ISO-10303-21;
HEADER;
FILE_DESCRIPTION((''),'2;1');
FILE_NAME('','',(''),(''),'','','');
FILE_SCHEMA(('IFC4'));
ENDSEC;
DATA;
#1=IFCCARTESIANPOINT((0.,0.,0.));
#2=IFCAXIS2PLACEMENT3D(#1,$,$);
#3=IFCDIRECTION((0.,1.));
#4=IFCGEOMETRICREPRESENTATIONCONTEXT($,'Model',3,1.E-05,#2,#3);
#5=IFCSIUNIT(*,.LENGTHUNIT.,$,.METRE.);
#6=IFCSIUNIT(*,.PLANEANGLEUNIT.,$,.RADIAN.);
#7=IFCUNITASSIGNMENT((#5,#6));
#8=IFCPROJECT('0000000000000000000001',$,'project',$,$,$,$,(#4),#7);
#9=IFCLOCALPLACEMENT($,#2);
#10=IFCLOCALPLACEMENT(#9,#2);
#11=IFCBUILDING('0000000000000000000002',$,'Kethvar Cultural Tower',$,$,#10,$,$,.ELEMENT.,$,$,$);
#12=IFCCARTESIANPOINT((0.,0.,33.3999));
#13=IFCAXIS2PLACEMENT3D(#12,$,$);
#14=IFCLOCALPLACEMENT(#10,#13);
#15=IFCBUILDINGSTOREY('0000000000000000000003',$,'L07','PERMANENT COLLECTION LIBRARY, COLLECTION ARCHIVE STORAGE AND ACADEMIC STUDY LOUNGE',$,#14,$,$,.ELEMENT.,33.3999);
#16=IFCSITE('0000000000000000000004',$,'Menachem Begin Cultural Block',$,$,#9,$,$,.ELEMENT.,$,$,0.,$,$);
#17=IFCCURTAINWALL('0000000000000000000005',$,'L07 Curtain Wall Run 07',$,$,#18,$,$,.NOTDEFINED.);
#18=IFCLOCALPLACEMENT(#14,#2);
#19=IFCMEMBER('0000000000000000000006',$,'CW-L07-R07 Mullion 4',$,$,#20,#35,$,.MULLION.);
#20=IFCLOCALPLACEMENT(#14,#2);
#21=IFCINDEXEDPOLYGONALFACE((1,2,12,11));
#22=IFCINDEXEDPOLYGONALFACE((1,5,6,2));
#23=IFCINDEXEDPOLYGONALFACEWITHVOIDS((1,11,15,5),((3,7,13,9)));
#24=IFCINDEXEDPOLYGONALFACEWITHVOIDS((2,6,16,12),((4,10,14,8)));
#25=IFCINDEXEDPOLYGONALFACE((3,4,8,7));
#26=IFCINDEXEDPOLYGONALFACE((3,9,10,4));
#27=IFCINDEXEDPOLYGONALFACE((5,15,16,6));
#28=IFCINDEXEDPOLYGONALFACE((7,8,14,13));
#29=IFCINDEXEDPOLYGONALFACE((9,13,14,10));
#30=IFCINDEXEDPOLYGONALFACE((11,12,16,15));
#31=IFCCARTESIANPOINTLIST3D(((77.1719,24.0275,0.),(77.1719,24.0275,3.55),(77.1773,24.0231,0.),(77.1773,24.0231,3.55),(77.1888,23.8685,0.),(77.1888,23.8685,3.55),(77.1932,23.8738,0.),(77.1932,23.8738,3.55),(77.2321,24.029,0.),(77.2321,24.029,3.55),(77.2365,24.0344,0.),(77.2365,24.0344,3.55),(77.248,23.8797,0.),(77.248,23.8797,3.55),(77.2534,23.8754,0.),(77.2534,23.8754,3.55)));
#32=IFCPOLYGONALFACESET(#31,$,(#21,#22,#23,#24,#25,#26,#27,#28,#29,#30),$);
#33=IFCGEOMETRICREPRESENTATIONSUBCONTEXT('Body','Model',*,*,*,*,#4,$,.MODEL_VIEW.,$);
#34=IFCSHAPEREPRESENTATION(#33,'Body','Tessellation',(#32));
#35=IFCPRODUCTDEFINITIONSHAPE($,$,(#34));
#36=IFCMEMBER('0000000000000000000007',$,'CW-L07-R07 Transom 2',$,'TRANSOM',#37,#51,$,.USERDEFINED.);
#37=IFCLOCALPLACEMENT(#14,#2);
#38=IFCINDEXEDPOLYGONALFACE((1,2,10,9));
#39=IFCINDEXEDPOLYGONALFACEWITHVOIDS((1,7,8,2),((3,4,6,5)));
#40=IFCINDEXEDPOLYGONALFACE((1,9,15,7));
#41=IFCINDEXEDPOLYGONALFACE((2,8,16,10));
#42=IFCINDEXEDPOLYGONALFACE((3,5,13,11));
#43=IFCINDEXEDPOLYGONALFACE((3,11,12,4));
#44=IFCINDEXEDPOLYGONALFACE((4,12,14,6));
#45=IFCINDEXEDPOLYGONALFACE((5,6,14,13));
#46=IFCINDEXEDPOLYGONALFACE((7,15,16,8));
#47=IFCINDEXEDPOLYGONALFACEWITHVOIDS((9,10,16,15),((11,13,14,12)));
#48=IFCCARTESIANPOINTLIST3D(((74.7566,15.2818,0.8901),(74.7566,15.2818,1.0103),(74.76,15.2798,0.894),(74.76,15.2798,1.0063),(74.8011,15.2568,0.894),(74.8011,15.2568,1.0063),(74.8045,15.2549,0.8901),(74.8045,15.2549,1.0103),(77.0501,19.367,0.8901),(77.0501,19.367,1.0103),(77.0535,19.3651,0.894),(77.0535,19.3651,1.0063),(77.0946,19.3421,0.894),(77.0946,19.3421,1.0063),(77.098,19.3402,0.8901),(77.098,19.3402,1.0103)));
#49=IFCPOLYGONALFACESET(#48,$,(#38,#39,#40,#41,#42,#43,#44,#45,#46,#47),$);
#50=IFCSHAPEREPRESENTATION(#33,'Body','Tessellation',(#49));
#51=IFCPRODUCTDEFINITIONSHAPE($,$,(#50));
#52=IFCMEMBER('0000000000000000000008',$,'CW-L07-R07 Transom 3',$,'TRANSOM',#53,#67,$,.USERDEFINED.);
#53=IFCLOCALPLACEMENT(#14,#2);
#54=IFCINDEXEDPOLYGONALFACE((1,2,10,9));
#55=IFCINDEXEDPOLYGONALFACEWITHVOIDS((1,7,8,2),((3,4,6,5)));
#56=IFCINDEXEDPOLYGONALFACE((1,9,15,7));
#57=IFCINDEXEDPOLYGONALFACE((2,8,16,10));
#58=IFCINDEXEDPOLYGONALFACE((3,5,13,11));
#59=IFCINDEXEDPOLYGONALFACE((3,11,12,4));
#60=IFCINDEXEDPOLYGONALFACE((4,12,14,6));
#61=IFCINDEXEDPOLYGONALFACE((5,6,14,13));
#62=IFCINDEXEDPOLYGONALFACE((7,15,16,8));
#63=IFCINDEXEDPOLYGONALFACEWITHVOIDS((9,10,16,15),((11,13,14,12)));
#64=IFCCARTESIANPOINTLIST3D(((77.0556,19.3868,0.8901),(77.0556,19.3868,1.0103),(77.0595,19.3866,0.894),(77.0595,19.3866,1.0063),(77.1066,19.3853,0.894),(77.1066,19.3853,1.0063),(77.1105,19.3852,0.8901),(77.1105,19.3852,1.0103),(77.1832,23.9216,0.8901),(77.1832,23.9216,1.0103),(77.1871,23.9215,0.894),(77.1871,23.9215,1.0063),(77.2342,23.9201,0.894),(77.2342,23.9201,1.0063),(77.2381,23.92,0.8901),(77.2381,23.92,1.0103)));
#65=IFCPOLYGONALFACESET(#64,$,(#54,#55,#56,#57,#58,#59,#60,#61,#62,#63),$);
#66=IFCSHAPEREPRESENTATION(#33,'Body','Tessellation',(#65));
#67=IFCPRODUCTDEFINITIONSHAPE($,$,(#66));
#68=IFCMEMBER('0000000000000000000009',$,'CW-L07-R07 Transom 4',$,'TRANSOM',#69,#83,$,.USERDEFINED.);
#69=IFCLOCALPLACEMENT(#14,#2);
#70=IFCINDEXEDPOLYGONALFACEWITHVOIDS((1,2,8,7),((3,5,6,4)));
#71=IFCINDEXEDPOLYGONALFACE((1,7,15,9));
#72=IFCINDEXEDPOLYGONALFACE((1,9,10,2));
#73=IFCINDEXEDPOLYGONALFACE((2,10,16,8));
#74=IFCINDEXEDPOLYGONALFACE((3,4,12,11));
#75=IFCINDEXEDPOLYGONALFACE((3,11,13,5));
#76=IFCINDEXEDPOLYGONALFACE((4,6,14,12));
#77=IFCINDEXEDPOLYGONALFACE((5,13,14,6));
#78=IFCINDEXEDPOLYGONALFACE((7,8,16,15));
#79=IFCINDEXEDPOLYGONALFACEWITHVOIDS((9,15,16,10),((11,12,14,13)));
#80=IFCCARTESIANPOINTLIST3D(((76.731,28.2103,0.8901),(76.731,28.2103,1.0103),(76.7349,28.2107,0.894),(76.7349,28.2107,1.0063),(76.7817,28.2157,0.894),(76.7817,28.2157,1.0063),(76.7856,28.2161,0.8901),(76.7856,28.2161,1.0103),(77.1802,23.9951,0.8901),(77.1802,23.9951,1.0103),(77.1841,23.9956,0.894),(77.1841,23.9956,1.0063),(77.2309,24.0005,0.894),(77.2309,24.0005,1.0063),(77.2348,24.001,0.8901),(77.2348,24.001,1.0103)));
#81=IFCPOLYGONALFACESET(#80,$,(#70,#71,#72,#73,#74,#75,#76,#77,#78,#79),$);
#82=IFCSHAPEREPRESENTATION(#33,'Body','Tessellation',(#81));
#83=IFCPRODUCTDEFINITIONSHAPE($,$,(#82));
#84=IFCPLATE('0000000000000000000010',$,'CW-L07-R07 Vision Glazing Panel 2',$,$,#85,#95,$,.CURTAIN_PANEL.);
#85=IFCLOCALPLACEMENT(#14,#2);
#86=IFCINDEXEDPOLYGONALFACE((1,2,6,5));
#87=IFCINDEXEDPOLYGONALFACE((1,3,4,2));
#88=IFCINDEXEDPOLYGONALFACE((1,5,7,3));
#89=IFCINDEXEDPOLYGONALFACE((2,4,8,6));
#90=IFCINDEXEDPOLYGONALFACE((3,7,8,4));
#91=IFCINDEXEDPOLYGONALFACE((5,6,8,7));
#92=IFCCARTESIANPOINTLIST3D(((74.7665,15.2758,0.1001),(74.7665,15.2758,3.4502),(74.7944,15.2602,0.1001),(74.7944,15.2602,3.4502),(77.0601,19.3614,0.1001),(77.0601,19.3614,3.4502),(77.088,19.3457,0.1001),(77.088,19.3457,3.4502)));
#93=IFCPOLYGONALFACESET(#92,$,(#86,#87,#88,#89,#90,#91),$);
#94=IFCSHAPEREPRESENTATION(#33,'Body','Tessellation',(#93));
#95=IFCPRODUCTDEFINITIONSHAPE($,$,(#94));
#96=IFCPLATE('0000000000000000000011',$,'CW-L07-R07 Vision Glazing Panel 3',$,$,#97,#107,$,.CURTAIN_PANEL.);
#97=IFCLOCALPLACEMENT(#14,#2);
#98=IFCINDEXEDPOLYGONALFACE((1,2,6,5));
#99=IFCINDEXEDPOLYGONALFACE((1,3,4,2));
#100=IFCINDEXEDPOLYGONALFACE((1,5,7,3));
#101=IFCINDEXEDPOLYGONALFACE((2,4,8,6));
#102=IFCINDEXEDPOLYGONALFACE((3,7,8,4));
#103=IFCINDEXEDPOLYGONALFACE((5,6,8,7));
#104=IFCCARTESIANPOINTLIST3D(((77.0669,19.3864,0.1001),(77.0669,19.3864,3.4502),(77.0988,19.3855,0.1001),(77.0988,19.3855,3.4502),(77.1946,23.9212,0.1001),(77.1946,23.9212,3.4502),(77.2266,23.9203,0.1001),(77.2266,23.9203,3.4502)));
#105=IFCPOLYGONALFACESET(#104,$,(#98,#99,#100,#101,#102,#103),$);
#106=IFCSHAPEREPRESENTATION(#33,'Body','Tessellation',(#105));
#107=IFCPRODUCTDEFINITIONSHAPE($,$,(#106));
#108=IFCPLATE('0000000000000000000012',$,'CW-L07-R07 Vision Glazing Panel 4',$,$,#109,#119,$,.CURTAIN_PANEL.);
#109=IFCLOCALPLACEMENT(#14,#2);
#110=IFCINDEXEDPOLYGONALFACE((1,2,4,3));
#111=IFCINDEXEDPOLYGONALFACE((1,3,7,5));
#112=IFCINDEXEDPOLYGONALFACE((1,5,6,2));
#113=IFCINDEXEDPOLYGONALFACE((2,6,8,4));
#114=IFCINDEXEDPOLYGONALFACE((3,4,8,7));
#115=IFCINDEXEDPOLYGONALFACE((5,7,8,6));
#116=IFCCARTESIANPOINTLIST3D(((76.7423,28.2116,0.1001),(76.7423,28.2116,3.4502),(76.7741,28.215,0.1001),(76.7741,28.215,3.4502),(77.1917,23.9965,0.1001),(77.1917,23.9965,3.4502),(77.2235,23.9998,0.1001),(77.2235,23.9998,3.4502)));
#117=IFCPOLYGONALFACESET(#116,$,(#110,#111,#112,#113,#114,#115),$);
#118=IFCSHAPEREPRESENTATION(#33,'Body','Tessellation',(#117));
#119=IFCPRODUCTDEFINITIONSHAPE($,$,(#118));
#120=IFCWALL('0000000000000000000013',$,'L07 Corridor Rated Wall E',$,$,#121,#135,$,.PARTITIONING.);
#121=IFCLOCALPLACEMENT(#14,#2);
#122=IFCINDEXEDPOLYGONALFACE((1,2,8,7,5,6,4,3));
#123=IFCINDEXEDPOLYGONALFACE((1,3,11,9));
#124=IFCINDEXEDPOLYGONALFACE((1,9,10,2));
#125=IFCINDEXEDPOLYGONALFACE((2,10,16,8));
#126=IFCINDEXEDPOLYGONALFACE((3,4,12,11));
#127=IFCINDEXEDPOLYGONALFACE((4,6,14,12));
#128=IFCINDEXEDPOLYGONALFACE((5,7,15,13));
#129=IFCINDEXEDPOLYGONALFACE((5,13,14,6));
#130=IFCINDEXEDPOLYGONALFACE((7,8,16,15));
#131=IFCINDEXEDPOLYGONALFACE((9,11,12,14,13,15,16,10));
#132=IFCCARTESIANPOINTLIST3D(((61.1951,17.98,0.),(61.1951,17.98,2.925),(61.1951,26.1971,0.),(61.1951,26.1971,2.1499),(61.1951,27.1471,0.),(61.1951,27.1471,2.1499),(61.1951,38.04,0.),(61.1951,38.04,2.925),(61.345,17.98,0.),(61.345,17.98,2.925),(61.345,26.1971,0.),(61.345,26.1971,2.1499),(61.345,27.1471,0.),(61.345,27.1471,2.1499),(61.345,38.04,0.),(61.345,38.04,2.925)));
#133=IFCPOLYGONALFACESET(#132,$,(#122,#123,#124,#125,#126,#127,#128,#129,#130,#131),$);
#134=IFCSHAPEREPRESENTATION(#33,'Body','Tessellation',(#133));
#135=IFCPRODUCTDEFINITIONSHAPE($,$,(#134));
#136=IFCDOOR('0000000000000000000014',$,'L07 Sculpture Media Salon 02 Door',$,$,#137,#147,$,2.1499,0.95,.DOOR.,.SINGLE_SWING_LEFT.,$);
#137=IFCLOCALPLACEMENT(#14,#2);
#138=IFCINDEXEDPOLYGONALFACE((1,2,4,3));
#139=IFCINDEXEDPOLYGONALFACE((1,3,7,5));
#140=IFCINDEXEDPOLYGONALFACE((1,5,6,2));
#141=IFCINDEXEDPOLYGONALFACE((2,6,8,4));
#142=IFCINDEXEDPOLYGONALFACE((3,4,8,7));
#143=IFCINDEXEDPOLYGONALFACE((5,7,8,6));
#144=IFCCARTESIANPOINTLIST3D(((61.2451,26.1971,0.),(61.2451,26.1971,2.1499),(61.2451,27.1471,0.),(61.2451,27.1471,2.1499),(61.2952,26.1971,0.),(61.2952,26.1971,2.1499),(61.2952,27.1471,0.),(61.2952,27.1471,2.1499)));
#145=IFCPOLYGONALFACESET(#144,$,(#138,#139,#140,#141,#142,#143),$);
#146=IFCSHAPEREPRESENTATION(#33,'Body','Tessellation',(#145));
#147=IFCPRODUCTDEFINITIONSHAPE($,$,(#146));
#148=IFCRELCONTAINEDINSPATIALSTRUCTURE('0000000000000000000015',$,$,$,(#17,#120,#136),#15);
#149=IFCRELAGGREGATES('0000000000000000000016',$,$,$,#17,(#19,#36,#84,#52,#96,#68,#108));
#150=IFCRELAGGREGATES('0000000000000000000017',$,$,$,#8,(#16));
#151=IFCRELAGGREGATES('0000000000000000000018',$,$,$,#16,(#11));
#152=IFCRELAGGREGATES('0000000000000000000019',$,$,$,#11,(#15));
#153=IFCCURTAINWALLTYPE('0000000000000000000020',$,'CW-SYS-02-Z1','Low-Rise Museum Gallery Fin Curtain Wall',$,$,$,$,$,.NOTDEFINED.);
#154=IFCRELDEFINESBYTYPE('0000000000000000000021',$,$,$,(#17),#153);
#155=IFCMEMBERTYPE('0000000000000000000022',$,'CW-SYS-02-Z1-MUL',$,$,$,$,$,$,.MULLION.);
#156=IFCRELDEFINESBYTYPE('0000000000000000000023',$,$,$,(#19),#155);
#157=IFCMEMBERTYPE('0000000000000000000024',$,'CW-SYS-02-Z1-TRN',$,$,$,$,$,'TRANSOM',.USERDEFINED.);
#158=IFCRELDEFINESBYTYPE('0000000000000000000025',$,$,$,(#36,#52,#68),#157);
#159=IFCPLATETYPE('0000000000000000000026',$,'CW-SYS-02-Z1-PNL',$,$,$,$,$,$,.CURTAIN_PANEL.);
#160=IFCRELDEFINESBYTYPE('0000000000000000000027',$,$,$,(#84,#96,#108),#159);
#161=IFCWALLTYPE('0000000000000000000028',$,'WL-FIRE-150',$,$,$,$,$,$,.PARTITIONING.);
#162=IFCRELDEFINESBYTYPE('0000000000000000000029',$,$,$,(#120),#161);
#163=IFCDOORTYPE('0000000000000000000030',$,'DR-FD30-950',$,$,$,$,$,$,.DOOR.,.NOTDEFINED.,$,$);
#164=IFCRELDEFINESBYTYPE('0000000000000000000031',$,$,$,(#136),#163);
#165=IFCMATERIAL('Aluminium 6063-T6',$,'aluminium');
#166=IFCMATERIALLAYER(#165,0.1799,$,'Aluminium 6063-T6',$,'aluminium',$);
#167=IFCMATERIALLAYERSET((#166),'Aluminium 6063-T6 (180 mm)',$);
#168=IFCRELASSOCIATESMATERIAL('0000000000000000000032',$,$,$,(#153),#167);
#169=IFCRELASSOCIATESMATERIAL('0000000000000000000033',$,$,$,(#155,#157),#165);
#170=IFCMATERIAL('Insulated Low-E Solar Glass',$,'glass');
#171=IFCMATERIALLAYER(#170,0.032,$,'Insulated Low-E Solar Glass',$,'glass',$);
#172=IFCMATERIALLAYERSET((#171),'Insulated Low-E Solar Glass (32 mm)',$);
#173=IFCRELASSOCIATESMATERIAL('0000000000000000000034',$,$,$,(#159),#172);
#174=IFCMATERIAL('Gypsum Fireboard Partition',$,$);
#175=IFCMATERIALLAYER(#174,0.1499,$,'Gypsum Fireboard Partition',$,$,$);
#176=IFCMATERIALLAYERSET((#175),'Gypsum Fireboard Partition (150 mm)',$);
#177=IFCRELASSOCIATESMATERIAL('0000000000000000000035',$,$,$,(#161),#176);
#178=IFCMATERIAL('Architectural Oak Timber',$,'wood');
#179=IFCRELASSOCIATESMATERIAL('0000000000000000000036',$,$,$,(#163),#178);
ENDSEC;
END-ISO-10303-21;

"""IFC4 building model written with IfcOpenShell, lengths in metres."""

from ifc_helpers import new_model, si_unit, direction, frame, frame_2d, origin, origin_2d, place, context, subcontext, project, spatial, rectangle, hollow_rectangle, extrude, source, transform, mapped, material, layer, layer_set, material_profile, profile_set, type_object, element, fill, aggregate, save


model = new_model("IFC4")

# Units and contexts
model_context = context("Model", 3, precision=1e-05, world=origin(), true_north=direction((0.0, 1.0)))
body_context = subcontext(model_context, "Body", "Model", "MODEL_VIEW")
ifc_project = project(units=[si_unit("LENGTHUNIT", "METRE"), si_unit("PLANEANGLEUNIT", "RADIAN")], contexts=[model_context])

# Site, building, storey
site_placement = place(None, origin())
site = spatial("IfcSite", under=ifc_project, at=site_placement, Name="Menachem Begin Cultural Block", CompositionType="ELEMENT", RefElevation=0.0)
building_placement = place(site_placement, origin())
building = spatial("IfcBuilding", under=site, at=building_placement, Name="Kethvar Cultural Tower", CompositionType="ELEMENT")
storey_placement = place(building_placement, frame((0.0, 0.0, 33.3999)))
storey = spatial("IfcBuildingStorey", under=building, at=storey_placement, Name="L07", Description="PERMANENT COLLECTION LIBRARY, COLLECTION ARCHIVE STORAGE AND ACADEMIC STUDY LOUNGE", CompositionType="ELEMENT", Elevation=33.3999)

# Curtain wall, members, plates
ifc_material_1 = material(Name="Aluminium 6063-T6", Category="aluminium")
ifc_layer_1 = layer(ifc_material_1, 0.1799, Name="Aluminium 6063-T6", Category="aluminium")
ifc_layer_set_1 = layer_set([ifc_layer_1], Name="Aluminium 6063-T6 (180 mm)")
curtain_wall_type = type_object("IfcCurtainWallType", Name="CW-SYS-02-Z1", Description="Low-Rise Museum Gallery Fin Curtain Wall", PredefinedType="NOTDEFINED", material=ifc_layer_set_1)
curtain_wall_placement = place(storey_placement, origin())
curtain_wall = element("IfcCurtainWall", 1, at=curtain_wall_placement, inside=storey, type_object=curtain_wall_type, Name="L07 Curtain Wall Run 07", PredefinedType="NOTDEFINED")
ifc_material_profile_1 = material_profile(ifc_material_1, hollow_rectangle(XDim=0.0649, YDim=0.1599, WallThickness=0.0049, at=origin_2d()), Name="Aluminium 6063-T6 — RHS160x65x5")
ifc_profile_set_1 = profile_set([ifc_material_profile_1], Name="Aluminium 6063-T6 — RHS160x65x5")
member_type_1 = type_object("IfcMemberType", Name="CW-SYS-02-Z1-MUL", PredefinedType="MULLION", material=ifc_profile_set_1)
shared_shape_1 = source(origin(), body_context, "Body", "SweptSolid", [
    extrude(hollow_rectangle(XDim=0.0649, YDim=0.1599, WallThickness=0.0049, at=origin_2d()), origin(), (0.0, 0.0, 1.0), 3.55),
])
member_1_placement = place(storey_placement, frame((77.2126, 23.9514, 0.0), z_axis=(0.0, 0.0, 1.0), x_axis=(-0.994366, -0.106004, 0.0)))
member_1 = element("IfcMember", 2, at=member_1_placement, type_object=member_type_1, Name="CW-L07-R07 Mullion 4", PredefinedType="MULLION", context=body_context, shape_type="MappedRepresentation", body=[
    mapped(shared_shape_1, transform((0.0, 0.0, 0.0), scale=1.0)),
])
ifc_material_profile_2 = material_profile(ifc_material_1, hollow_rectangle(XDim=0.0549, YDim=0.1201, WallThickness=0.0039, at=origin_2d()), Name="Aluminium 6063-T6 — RHS120x55x4")
ifc_profile_set_2 = profile_set([ifc_material_profile_2], Name="Aluminium 6063-T6 — RHS120x55x4")
member_type_2 = type_object("IfcMemberType", Name="CW-SYS-02-Z1-TRN", ElementType="TRANSOM", PredefinedType="USERDEFINED", material=ifc_profile_set_2)
shared_shape_2 = source(origin(), body_context, "Body", "SweptSolid", [
    extrude(hollow_rectangle(XDim=0.0549, YDim=0.1201, WallThickness=0.0039, at=origin_2d()), origin(), (0.0, 0.0, 1.0), 4.6851),
])
member_2_placement = place(storey_placement, frame((74.7805, 15.2683, 0.9502), z_axis=(0.489536, 0.871983, 0.0), x_axis=(-0.871983, 0.489536, 0.0)))
member_2 = element("IfcMember", 3, at=member_2_placement, type_object=member_type_2, Name="CW-L07-R07 Transom 2", ObjectType="TRANSOM", PredefinedType="USERDEFINED", context=body_context, shape_type="MappedRepresentation", body=[
    mapped(shared_shape_2, transform((0.0, 0.0, 0.0), scale=1.0)),
])
shared_shape_3 = source(origin(), body_context, "Body", "SweptSolid", [
    extrude(hollow_rectangle(XDim=0.0549, YDim=0.1201, WallThickness=0.0039, at=origin_2d()), origin(), (0.0, 0.0, 1.0), 4.5366),
])
member_3_placement = place(storey_placement, frame((77.083, 19.386, 0.9502), z_axis=(0.028145, 0.999604, 0.0), x_axis=(-0.999604, 0.028145, 0.0)))
member_3 = element("IfcMember", 4, at=member_3_placement, type_object=member_type_2, Name="CW-L07-R07 Transom 3", ObjectType="TRANSOM", PredefinedType="USERDEFINED", context=body_context, shape_type="MappedRepresentation", body=[
    mapped(shared_shape_3, transform((0.0, 0.0, 0.0), scale=1.0)),
])
shared_shape_4 = source(origin(), body_context, "Body", "SweptSolid", [
    extrude(hollow_rectangle(XDim=0.0549, YDim=0.1201, WallThickness=0.0039, at=origin_2d()), origin(), (0.0, 0.0, 1.0), 4.239),
])
member_4_placement = place(storey_placement, frame((77.2075, 23.998, 0.9502), z_axis=(-0.105974, 0.994369, 0.0), x_axis=(-0.994369, -0.105974, 0.0)))
member_4 = element("IfcMember", 5, at=member_4_placement, type_object=member_type_2, Name="CW-L07-R07 Transom 4", ObjectType="TRANSOM", PredefinedType="USERDEFINED", context=body_context, shape_type="MappedRepresentation", body=[
    mapped(shared_shape_4, transform((0.0, 0.0, 0.0), scale=1.0)),
])
ifc_material_2 = material(Name="Insulated Low-E Solar Glass", Category="glass")
ifc_layer_2 = layer(ifc_material_2, 0.032, Name="Insulated Low-E Solar Glass", Category="glass")
ifc_layer_set_2 = layer_set([ifc_layer_2], Name="Insulated Low-E Solar Glass (32 mm)")
plate_type = type_object("IfcPlateType", Name="CW-SYS-02-Z1-PNL", PredefinedType="CURTAIN_PANEL", material=ifc_layer_set_2)
shared_shape_5 = source(origin(), body_context, "Body", "SweptSolid", [
    extrude(rectangle(XDim=4.6853, YDim=0.032, at=origin_2d()), origin(), (0.0, 0.0, 1.0), 3.3501),
])
plate_1_placement = place(storey_placement, frame((75.9272, 17.3108, 0.1001), z_axis=(0.0, 0.0, 1.0), x_axis=(0.489519, 0.871992, 0.0)))
plate_1 = element("IfcPlate", 6, at=plate_1_placement, type_object=plate_type, Name="CW-L07-R07 Vision Glazing Panel 2", PredefinedType="CURTAIN_PANEL", context=body_context, shape_type="MappedRepresentation", body=[
    mapped(shared_shape_5, transform((0.0, 0.0, 0.0), scale=1.0)),
])
shared_shape_6 = source(origin(), body_context, "Body", "SweptSolid", [
    extrude(rectangle(XDim=4.5366, YDim=0.032, at=origin_2d()), origin(), (0.0, 0.0, 1.0), 3.3501),
])
plate_2_placement = place(storey_placement, frame((77.1467, 21.6533, 0.1001), z_axis=(0.0, 0.0, 1.0), x_axis=(0.028166, 0.999603, 0.0)))
plate_2 = element("IfcPlate", 7, at=plate_2_placement, type_object=plate_type, Name="CW-L07-R07 Vision Glazing Panel 3", PredefinedType="CURTAIN_PANEL", context=body_context, shape_type="MappedRepresentation", body=[
    mapped(shared_shape_6, transform((0.0, 0.0, 0.0), scale=1.0)),
])
shared_shape_7 = source(origin(), body_context, "Body", "SweptSolid", [
    extrude(rectangle(XDim=4.239, YDim=0.032, at=origin_2d()), origin(), (0.0, 0.0, 1.0), 3.3501),
])
plate_3_placement = place(storey_placement, frame((76.9829, 26.1057, 0.1001), z_axis=(0.0, 0.0, 1.0), x_axis=(-0.106004, 0.994366, 0.0)))
plate_3 = element("IfcPlate", 8, at=plate_3_placement, type_object=plate_type, Name="CW-L07-R07 Vision Glazing Panel 4", PredefinedType="CURTAIN_PANEL", context=body_context, shape_type="MappedRepresentation", body=[
    mapped(shared_shape_7, transform((0.0, 0.0, 0.0), scale=1.0)),
])
aggregate(curtain_wall, [member_1, member_2, plate_1, member_3, plate_2, member_4, plate_3])

# Wall, opening, door
ifc_material_3 = material(Name="Gypsum Fireboard Partition")
ifc_layer_3 = layer(ifc_material_3, 0.1499, Name="Gypsum Fireboard Partition")
ifc_layer_set_3 = layer_set([ifc_layer_3], Name="Gypsum Fireboard Partition (150 mm)")
wall_type_1 = type_object("IfcWallType", Name="WL-FIRE-150", PredefinedType="PARTITIONING", material=ifc_layer_set_3)
wall_1_placement = place(storey_placement, frame((61.27, 17.98, 0.0), z_axis=(0.0, 0.0, 1.0), x_axis=(0.0, 1.0, 0.0)))
wall_1 = element("IfcWall", 9, at=wall_1_placement, inside=storey, type_object=wall_type_1, Name="L07 Corridor Rated Wall E", PredefinedType="PARTITIONING", context=body_context, shape_type="SweptSolid", body=[
    extrude(rectangle(XDim=20.0601, YDim=0.1499, at=frame_2d((10.03, 0.0))), origin(), (0.0, 0.0, 1.0), 2.925),
])
opening_1_placement = place(wall_1_placement, frame((8.217, 0.0, 0.0)))
opening_1 = element("IfcOpeningElement", 10, at=opening_1_placement, cuts=wall_1, PredefinedType="OPENING", context=body_context, shape_type="SweptSolid", body=[
    extrude(rectangle(XDim=0.95, YDim=2.1499, at=frame_2d((0.4751, 1.075))), frame((0.0, 0.085, 0.0), z_axis=(0.0, -1.0, 0.0), x_axis=(1.0, 0.0, 0.0)), (0.0, 0.0, 1.0), 0.1699),
])
ifc_material_4 = material(Name="Architectural Oak Timber", Category="wood")
door_type_1 = type_object("IfcDoorType", Name="DR-FD30-950", OperationType="NOTDEFINED", PredefinedType="DOOR", material=ifc_material_4)
shared_shape_8 = source(origin(), body_context, "Body", "SweptSolid", [
    extrude(rectangle(XDim=0.95, YDim=2.1499, at=frame_2d((0.4751, 1.075))), frame((0.0, 0.0249, 0.0), z_axis=(0.0, -1.0, 0.0), x_axis=(1.0, 0.0, 0.0)), (0.0, 0.0, 1.0), 0.05),
])
door_1_placement = place(opening_1_placement, origin())
door_1 = element("IfcDoor", 11, at=door_1_placement, inside=storey, type_object=door_type_1, Name="L07 Sculpture Media Salon 02 Door", OperationType="SINGLE_SWING_LEFT", OverallHeight=2.1499, OverallWidth=0.95, PredefinedType="DOOR", context=body_context, shape_type="MappedRepresentation", body=[
    mapped(shared_shape_8, transform((0.0, 0.0, 0.0), scale=1.0)),
])
fill(opening_1, door_1)

save(model, "model.ifc")
